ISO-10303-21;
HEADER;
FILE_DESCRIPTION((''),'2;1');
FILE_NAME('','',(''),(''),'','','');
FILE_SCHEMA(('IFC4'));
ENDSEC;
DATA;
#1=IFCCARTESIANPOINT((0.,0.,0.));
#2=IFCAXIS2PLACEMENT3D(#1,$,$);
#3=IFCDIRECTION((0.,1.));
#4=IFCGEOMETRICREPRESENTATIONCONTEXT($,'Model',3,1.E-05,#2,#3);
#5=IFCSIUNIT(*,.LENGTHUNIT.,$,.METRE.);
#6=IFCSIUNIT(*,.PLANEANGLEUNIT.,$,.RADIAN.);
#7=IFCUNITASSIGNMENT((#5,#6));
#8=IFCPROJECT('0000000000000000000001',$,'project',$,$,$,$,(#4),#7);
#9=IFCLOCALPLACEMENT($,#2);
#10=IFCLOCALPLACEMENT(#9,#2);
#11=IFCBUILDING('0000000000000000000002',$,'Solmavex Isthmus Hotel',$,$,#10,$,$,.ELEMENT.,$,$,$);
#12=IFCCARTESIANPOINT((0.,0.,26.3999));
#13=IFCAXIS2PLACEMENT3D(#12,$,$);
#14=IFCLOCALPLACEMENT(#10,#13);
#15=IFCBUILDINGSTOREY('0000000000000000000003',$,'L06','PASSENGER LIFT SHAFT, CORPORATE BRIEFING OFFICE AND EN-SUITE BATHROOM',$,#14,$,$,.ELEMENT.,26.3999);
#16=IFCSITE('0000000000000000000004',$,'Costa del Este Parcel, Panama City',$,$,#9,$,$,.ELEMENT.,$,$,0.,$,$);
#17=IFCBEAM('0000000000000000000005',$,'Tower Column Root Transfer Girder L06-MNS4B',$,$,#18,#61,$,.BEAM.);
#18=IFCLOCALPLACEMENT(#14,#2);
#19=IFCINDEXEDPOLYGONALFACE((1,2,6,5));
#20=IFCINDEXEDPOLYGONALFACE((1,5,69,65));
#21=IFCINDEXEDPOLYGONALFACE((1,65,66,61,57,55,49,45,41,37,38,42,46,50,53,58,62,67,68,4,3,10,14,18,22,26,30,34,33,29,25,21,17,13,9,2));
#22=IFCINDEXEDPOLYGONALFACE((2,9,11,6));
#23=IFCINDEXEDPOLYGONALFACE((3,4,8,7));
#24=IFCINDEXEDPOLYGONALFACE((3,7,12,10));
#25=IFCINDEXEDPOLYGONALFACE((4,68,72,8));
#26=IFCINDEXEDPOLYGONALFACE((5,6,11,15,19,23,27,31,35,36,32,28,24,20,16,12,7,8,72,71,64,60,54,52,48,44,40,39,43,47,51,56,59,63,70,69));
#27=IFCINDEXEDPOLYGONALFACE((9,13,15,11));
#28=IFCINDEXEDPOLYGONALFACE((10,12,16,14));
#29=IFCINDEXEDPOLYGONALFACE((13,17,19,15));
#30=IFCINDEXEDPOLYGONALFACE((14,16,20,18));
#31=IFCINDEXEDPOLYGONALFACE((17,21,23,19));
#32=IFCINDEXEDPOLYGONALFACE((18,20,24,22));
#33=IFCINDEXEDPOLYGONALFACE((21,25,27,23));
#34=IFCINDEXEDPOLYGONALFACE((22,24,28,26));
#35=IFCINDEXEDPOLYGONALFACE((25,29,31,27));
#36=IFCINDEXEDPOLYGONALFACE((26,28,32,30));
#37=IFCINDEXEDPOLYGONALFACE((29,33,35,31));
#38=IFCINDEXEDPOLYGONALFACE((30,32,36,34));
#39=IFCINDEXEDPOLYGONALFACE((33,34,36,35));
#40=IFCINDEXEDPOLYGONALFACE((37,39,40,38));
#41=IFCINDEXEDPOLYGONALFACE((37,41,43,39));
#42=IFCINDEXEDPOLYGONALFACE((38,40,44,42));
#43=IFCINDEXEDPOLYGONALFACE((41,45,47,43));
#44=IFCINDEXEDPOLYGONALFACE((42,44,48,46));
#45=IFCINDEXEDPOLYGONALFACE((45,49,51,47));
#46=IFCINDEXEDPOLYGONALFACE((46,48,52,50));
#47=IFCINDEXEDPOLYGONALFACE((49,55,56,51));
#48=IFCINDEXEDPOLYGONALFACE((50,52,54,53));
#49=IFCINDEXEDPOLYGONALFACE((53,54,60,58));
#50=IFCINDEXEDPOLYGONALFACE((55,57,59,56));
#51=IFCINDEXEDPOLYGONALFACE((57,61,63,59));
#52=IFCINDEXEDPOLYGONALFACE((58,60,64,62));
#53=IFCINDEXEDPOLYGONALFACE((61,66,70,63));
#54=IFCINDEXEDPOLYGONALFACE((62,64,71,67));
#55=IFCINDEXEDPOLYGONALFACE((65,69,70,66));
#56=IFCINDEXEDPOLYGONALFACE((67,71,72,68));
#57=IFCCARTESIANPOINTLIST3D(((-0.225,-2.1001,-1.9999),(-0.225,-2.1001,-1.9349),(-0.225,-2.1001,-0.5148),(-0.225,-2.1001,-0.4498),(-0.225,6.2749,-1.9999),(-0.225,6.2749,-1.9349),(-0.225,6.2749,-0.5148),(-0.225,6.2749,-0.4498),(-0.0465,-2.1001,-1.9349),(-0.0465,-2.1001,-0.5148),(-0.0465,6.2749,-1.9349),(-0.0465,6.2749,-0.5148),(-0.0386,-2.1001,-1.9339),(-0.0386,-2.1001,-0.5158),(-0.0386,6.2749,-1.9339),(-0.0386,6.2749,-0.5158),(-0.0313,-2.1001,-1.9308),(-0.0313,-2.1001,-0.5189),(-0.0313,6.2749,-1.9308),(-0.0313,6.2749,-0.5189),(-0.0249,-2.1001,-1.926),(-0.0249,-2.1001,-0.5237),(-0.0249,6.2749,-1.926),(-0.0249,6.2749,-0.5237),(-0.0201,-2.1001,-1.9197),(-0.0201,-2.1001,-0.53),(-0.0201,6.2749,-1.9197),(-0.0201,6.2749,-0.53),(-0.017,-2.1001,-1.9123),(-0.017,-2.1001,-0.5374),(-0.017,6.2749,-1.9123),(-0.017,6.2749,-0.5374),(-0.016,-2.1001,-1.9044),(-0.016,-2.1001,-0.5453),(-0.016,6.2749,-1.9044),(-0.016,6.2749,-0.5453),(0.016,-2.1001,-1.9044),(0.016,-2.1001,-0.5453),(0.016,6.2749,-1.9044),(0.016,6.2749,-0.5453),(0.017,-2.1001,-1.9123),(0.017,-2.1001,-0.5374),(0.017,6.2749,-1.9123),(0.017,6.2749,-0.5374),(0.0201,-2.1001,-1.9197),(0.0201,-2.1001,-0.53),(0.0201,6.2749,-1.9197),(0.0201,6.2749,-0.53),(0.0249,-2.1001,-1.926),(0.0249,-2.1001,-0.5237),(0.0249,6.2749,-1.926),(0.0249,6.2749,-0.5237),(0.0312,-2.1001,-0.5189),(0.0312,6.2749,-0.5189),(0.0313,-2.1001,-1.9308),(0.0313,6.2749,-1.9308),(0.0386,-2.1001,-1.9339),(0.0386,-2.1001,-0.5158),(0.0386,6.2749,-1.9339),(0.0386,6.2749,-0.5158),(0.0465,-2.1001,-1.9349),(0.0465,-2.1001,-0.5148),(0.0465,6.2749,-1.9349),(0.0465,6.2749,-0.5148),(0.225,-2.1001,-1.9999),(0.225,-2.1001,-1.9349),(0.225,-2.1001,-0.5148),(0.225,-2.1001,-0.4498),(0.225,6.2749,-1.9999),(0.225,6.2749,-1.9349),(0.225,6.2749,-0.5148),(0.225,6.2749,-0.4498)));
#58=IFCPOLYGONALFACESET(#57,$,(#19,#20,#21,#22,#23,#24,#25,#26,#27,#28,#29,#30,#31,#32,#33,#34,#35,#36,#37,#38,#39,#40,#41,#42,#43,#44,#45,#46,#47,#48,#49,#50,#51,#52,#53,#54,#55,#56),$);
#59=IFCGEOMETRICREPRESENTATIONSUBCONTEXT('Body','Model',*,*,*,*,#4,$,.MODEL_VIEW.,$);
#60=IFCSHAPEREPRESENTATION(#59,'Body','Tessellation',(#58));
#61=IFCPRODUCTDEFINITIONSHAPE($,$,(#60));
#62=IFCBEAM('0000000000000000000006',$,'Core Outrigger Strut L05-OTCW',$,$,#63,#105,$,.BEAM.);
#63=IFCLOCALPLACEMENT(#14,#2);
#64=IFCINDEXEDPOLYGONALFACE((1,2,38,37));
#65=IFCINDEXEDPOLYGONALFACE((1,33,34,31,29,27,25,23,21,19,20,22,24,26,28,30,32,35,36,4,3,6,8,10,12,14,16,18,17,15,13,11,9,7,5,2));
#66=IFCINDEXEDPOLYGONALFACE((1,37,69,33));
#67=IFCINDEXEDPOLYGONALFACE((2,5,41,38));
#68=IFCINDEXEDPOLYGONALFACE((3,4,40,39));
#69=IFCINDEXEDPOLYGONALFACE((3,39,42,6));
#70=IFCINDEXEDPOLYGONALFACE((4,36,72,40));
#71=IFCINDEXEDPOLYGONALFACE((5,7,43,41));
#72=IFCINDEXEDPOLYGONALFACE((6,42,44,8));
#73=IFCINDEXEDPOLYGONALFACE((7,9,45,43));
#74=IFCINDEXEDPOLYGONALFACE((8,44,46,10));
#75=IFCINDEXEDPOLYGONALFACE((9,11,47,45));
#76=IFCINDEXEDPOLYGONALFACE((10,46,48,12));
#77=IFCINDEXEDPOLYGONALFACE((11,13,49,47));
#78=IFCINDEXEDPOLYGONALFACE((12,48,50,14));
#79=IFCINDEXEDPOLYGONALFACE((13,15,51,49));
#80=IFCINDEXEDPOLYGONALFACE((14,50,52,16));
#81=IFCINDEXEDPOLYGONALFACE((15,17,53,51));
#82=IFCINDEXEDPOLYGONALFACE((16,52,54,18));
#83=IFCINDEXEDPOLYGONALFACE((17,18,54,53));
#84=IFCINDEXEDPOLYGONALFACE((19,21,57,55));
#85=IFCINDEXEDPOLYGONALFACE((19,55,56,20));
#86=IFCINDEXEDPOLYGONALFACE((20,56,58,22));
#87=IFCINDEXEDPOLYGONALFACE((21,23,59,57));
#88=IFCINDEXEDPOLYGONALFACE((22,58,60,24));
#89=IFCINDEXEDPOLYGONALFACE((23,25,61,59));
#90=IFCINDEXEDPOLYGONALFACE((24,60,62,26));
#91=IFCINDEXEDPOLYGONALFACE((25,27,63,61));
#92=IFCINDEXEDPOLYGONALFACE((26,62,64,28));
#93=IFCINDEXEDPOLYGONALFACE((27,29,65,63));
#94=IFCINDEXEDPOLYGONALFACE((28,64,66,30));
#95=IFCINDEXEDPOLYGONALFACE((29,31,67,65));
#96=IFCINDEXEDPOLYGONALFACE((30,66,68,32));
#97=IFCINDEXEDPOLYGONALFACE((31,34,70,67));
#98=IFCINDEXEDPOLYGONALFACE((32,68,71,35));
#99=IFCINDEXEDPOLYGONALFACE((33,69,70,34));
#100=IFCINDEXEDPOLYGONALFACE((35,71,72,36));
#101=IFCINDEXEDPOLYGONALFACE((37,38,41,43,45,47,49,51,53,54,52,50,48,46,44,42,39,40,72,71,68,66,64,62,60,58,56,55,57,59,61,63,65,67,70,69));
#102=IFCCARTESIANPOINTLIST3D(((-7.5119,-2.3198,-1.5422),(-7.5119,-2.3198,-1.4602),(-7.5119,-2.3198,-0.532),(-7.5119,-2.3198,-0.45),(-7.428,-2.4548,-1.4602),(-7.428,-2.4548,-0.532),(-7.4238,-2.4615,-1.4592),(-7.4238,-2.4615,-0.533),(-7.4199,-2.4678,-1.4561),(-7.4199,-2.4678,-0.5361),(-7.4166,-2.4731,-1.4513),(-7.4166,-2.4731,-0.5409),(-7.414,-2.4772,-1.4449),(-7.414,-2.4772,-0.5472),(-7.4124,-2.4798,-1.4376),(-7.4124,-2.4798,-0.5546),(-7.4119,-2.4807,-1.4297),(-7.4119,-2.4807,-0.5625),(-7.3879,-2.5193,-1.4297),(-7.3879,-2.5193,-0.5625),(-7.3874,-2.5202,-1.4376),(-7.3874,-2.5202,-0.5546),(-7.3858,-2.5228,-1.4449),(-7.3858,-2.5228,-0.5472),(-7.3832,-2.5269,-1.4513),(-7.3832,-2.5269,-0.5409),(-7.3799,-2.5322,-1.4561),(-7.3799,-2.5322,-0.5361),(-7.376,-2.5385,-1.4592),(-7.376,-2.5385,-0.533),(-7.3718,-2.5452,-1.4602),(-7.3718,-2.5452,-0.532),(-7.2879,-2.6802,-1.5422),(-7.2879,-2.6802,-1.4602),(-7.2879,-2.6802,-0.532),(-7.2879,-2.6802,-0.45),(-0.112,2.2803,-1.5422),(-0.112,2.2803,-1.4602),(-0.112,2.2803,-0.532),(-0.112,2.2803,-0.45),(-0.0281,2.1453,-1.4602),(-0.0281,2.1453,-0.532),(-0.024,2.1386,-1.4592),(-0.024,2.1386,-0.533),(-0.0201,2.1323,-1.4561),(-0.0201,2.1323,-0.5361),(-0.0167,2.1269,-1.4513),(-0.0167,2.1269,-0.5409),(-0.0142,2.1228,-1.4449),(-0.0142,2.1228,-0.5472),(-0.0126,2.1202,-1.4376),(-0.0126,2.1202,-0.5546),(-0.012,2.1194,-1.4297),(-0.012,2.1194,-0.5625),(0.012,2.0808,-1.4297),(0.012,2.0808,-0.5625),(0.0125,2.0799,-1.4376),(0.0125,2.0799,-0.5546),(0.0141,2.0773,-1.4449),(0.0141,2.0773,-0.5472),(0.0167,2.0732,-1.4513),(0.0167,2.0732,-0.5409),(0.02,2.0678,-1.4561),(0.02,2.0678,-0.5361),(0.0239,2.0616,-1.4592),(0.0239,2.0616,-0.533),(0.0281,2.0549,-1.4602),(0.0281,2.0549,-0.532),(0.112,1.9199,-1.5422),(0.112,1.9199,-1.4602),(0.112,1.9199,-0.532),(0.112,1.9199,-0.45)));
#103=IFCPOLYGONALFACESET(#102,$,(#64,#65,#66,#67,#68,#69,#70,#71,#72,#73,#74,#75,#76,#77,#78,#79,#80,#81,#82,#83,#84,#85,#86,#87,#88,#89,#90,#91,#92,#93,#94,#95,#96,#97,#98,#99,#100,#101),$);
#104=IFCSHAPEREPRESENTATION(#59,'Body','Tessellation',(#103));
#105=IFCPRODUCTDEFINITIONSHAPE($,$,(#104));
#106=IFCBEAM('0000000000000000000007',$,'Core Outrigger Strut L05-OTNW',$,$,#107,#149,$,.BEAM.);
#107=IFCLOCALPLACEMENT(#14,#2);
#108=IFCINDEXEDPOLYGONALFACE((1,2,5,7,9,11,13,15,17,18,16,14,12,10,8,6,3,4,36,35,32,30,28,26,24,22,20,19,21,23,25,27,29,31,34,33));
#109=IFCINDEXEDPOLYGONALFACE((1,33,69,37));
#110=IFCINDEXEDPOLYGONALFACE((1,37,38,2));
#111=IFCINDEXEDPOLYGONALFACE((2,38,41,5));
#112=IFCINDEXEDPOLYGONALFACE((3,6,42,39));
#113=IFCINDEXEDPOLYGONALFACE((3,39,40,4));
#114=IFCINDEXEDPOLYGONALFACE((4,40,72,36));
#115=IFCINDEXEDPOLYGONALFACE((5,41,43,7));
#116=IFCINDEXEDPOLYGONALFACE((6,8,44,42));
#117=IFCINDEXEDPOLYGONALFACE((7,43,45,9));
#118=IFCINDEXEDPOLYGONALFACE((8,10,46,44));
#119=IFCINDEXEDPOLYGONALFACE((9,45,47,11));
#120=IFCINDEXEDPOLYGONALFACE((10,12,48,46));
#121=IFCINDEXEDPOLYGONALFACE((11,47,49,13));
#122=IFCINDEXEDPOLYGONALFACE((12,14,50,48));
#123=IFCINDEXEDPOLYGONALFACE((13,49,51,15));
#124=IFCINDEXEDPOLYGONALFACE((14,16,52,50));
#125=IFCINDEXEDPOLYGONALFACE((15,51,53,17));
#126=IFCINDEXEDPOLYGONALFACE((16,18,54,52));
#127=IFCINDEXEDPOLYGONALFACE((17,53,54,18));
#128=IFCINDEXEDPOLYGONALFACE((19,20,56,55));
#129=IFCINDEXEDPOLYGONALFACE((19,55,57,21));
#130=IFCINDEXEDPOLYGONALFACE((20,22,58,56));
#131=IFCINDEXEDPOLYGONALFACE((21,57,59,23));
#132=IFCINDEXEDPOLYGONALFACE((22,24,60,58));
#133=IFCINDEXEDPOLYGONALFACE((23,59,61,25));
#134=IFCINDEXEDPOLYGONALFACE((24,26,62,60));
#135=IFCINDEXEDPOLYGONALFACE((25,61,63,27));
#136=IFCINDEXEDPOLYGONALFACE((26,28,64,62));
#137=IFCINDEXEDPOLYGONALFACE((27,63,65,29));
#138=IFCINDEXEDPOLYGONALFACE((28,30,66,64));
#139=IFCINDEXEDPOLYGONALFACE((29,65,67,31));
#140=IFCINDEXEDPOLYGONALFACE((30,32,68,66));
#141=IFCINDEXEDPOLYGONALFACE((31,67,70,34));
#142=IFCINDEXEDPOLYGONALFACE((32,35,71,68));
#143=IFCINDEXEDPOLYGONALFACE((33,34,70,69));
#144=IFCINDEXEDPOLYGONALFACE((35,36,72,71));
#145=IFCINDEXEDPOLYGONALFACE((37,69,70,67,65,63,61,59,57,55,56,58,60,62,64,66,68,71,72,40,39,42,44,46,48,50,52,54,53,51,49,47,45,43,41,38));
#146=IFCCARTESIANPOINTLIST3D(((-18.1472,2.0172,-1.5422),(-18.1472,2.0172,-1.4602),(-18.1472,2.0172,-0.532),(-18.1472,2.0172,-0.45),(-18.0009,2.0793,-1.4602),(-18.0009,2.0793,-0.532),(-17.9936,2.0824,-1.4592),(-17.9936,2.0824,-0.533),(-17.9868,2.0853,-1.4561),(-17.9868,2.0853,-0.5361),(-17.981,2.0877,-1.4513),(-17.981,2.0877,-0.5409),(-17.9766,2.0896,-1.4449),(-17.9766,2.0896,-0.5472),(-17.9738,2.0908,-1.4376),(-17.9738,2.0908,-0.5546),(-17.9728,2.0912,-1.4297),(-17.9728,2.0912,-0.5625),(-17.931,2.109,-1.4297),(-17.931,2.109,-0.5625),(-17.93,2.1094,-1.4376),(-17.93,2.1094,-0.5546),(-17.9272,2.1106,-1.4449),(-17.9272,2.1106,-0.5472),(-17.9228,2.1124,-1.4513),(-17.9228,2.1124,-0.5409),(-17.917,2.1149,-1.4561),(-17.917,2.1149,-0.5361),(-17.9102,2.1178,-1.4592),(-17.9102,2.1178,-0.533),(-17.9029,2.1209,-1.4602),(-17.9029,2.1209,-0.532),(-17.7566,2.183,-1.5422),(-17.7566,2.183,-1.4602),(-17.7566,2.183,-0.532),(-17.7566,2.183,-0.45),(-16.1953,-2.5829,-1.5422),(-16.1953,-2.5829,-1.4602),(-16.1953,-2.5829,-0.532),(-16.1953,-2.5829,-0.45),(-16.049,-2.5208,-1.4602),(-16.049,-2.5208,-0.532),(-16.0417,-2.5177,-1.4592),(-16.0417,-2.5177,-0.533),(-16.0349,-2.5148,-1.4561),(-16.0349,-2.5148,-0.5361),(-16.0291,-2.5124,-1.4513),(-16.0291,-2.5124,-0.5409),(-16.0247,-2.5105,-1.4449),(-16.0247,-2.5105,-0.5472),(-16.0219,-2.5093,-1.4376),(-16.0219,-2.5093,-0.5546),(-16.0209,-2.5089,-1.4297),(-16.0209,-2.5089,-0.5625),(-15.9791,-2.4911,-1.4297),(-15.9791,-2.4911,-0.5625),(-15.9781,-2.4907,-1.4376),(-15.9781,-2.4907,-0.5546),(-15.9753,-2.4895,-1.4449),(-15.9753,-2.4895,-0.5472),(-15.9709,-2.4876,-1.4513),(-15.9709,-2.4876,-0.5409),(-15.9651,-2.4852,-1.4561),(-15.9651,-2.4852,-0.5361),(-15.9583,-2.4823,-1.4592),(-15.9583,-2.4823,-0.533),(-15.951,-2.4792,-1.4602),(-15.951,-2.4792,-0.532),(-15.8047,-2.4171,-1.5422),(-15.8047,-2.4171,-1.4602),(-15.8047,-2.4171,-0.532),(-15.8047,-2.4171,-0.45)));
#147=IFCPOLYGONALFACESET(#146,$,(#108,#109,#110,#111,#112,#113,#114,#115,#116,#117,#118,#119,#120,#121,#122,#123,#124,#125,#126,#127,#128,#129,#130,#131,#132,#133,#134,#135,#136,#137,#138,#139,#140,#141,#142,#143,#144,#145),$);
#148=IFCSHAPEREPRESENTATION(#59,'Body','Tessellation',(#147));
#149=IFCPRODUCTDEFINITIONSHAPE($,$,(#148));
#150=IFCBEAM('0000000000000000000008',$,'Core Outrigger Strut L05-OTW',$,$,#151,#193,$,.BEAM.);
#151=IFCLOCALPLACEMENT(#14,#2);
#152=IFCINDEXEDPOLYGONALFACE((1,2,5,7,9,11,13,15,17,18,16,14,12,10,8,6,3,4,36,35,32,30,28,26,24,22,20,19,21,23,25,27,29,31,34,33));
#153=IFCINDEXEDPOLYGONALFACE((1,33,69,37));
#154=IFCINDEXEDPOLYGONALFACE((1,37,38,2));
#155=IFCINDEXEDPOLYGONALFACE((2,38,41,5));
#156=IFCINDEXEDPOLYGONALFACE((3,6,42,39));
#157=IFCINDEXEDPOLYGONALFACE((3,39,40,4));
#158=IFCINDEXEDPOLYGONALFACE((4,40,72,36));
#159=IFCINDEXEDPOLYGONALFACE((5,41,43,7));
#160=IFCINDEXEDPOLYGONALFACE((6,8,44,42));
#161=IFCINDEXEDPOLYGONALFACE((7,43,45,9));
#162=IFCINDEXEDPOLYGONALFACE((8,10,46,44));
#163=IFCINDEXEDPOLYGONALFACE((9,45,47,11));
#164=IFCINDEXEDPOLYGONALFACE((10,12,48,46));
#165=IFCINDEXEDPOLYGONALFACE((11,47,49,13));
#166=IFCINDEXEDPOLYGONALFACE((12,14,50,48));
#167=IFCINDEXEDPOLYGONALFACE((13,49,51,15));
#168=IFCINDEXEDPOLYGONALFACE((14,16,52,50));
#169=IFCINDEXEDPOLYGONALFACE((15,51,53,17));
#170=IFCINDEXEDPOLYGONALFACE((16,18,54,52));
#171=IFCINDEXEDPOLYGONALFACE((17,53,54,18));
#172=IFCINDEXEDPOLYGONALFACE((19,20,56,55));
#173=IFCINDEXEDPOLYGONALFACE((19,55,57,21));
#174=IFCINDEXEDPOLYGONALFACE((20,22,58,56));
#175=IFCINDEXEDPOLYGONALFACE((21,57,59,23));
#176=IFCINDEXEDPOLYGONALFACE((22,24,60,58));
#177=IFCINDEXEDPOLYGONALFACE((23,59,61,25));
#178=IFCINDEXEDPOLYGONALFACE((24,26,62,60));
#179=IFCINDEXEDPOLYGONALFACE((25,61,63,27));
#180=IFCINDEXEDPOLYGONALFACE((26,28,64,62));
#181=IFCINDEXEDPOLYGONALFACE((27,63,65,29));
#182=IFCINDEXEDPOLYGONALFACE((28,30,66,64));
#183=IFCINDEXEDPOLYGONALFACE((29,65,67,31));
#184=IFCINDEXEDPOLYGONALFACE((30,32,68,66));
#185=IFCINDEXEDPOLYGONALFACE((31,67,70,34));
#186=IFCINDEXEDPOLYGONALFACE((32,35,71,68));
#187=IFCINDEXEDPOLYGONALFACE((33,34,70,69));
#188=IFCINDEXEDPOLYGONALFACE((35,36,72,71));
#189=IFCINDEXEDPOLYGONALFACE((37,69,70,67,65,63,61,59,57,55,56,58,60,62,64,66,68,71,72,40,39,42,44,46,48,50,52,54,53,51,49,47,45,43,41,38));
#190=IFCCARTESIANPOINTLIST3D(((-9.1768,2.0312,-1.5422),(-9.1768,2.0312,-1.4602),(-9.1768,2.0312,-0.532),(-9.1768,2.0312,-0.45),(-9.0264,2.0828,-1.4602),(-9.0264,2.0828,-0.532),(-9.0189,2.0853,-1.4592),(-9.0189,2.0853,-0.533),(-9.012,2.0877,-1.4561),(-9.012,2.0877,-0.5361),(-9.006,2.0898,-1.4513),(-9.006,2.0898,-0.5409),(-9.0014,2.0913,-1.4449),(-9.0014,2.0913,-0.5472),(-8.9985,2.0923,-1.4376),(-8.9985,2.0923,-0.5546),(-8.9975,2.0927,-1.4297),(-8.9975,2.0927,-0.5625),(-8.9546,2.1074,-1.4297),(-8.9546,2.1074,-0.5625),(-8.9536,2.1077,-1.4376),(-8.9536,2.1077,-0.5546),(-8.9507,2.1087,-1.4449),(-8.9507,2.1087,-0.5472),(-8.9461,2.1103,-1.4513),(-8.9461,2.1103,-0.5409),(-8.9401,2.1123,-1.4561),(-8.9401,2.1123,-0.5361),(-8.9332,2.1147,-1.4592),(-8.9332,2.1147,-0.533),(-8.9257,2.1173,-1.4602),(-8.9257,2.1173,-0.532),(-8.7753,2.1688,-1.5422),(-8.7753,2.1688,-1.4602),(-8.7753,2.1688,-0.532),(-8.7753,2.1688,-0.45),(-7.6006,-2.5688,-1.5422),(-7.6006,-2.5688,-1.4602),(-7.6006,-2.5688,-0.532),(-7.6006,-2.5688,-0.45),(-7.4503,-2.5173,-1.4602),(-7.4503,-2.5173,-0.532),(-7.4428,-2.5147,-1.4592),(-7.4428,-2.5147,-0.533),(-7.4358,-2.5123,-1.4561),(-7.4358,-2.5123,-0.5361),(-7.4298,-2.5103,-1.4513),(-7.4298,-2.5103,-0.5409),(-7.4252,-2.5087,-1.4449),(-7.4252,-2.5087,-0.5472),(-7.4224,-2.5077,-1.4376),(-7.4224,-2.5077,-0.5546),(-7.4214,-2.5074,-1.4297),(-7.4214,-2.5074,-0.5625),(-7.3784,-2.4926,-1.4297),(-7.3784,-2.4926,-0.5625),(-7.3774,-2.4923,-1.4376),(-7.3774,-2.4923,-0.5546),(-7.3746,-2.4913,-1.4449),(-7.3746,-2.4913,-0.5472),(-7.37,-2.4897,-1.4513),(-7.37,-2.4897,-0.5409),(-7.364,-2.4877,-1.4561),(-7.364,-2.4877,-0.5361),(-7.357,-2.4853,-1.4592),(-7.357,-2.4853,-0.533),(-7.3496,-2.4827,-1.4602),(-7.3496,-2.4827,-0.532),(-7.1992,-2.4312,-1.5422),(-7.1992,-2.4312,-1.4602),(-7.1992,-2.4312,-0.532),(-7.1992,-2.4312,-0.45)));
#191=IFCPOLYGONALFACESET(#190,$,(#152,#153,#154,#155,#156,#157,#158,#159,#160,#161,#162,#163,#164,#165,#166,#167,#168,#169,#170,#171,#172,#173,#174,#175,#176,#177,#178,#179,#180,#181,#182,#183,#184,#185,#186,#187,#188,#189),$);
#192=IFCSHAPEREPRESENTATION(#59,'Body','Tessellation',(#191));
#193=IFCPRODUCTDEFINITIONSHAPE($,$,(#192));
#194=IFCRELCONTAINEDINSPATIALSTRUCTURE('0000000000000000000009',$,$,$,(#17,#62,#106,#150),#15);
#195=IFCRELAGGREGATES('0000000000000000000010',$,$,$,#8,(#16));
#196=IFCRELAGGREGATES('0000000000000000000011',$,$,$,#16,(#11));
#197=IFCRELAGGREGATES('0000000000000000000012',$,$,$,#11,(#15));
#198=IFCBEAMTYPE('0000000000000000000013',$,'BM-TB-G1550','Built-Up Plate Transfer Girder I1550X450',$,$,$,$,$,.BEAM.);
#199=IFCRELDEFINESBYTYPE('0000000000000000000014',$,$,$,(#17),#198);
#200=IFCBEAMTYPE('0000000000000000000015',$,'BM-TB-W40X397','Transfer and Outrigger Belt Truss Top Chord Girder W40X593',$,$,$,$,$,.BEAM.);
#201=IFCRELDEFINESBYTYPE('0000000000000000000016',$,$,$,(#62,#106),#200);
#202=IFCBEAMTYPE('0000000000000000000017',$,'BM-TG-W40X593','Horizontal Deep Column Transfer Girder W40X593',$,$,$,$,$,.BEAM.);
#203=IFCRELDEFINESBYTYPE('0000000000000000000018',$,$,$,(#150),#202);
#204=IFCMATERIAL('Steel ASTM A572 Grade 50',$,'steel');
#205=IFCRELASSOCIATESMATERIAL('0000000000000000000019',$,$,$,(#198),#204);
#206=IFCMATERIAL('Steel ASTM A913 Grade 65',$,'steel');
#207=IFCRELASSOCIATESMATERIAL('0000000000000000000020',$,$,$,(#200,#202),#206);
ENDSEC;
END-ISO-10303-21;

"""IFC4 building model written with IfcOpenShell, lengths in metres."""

from ifc_helpers import new_model, si_unit, direction, frame, origin, origin_2d, place, context, subcontext, project, spatial, i_section, extrude, material, material_profile, profile_set, type_object, element, save


model = new_model("IFC4")

# Units and contexts
model_context = context("Model", 3, precision=1e-05, world=origin(), true_north=direction((0.0, 1.0)))
body_context = subcontext(model_context, "Body", "Model", "MODEL_VIEW")
ifc_project = project(units=[si_unit("LENGTHUNIT", "METRE"), si_unit("PLANEANGLEUNIT", "RADIAN")], contexts=[model_context])

# Site, building, storey
site_placement = place(None, origin())
site = spatial("IfcSite", under=ifc_project, at=site_placement, Name="Costa del Este Parcel, Panama City", CompositionType="ELEMENT", RefElevation=0.0)
building_placement = place(site_placement, origin())
building = spatial("IfcBuilding", under=site, at=building_placement, Name="Solmavex Isthmus Hotel", CompositionType="ELEMENT")
storey_placement = place(building_placement, frame((0.0, 0.0, 26.3999)))
storey = spatial("IfcBuildingStorey", under=building, at=storey_placement, Name="L06", Description="PASSENGER LIFT SHAFT, CORPORATE BRIEFING OFFICE AND EN-SUITE BATHROOM", CompositionType="ELEMENT", Elevation=26.3999)

# Beams
ifc_material_1 = material(Name="Steel ASTM A572 Grade 50", Category="steel")
ifc_material_profile_1 = material_profile(ifc_material_1, i_section(OverallWidth=0.45, OverallDepth=1.55, WebThickness=0.032, FlangeThickness=0.0649, FilletRadius=0.0305, at=origin_2d()), Name="I1550X450")
ifc_profile_set_1 = profile_set([ifc_material_profile_1], Name="Steel ASTM A572 Grade 50")
beam_type_1 = type_object("IfcBeamType", Name="BM-TB-G1550", Description="Built-Up Plate Transfer Girder I1550X450", PredefinedType="BEAM", material=ifc_profile_set_1)
for number, where, z_axis, x_axis, name in (
    (1, (0.0, -2.1001, -1.2249), (0.0, 1.0, 0.0), (-1.0, 0.0, 0.0), "Tower Column Root Transfer Girder L06-MNS4B"),
):
    element("IfcBeam", number, at=place(storey_placement, frame(where, z_axis=z_axis, x_axis=x_axis)), inside=storey, type_object=beam_type_1, Name=name, PredefinedType="BEAM", context=body_context, shape_type="SweptSolid", body=[
        extrude(i_section(OverallWidth=0.45, OverallDepth=1.55, WebThickness=0.032, FlangeThickness=0.0649, FilletRadius=0.0305, at=origin_2d()), origin(), (0.0, 0.0, 1.0), 8.375),
    ])
ifc_material_2 = material(Name="Steel ASTM A913 Grade 65", Category="steel")
ifc_material_profile_2 = material_profile(ifc_material_2, i_section(OverallWidth=0.4243, OverallDepth=1.0923, WebThickness=0.0454, FlangeThickness=0.082, FilletRadius=0.0305, at=origin_2d()), Name="W40X593")
ifc_profile_set_2 = profile_set([ifc_material_profile_2], Name="Steel ASTM A913 Grade 65")
beam_type_2 = type_object("IfcBeamType", Name="BM-TB-W40X397", Description="Transfer and Outrigger Belt Truss Top Chord Girder W40X593", PredefinedType="BEAM", material=ifc_profile_set_2)
beam_1_placement = place(storey_placement, frame((-7.3999, -2.5, -0.9961), z_axis=(0.849277, 0.527947, 0.0), x_axis=(-0.527947, 0.849277, 0.0)))
element("IfcBeam", 2, at=beam_1_placement, inside=storey, type_object=beam_type_2, Name="Core Outrigger Strut L05-OTCW", PredefinedType="BEAM", context=body_context, shape_type="SweptSolid", body=[
    extrude(i_section(OverallWidth=0.4243, OverallDepth=1.0923, WebThickness=0.0454, FlangeThickness=0.082, FilletRadius=0.0305, at=origin_2d()), origin(), (0.0, 0.0, 1.0), 8.7131),
])
beam_2_placement = place(storey_placement, frame((-16.0, -2.5, -0.9961), z_axis=(-0.390609, 0.920557, 0.0), x_axis=(-0.920557, -0.390609, 0.0)))
element("IfcBeam", 3, at=beam_2_placement, inside=storey, type_object=beam_type_2, Name="Core Outrigger Strut L05-OTNW", PredefinedType="BEAM", context=body_context, shape_type="SweptSolid", body=[
    extrude(i_section(OverallWidth=0.4243, OverallDepth=1.0923, WebThickness=0.0454, FlangeThickness=0.082, FilletRadius=0.0305, at=origin_2d()), origin(), (0.0, 0.0, 1.0), 4.9971),
])
ifc_material_profile_3 = material_profile(ifc_material_2, i_section(OverallWidth=0.4243, OverallDepth=1.0923, WebThickness=0.0454, FlangeThickness=0.082, FilletRadius=0.0305, at=origin_2d()), Name="W40X593")
ifc_profile_set_3 = profile_set([ifc_material_profile_3], Name="Steel ASTM A913 Grade 65")
beam_type_3 = type_object("IfcBeamType", Name="BM-TG-W40X593", Description="Horizontal Deep Column Transfer Girder W40X593", PredefinedType="BEAM", material=ifc_profile_set_3)
beam_3_placement = place(storey_placement, frame((-7.3999, -2.5, -0.9961), z_axis=(-0.324139, 0.946009, 0.0), x_axis=(-0.946009, -0.324139, 0.0)))
element("IfcBeam", 4, at=beam_3_placement, inside=storey, type_object=beam_type_3, Name="Core Outrigger Strut L05-OTW", PredefinedType="BEAM", context=body_context, shape_type="SweptSolid", body=[
    extrude(i_section(OverallWidth=0.4243, OverallDepth=1.0923, WebThickness=0.0454, FlangeThickness=0.082, FilletRadius=0.0305, at=origin_2d()), origin(), (0.0, 0.0, 1.0), 4.8625),
])

save(model, "model.ifc")
